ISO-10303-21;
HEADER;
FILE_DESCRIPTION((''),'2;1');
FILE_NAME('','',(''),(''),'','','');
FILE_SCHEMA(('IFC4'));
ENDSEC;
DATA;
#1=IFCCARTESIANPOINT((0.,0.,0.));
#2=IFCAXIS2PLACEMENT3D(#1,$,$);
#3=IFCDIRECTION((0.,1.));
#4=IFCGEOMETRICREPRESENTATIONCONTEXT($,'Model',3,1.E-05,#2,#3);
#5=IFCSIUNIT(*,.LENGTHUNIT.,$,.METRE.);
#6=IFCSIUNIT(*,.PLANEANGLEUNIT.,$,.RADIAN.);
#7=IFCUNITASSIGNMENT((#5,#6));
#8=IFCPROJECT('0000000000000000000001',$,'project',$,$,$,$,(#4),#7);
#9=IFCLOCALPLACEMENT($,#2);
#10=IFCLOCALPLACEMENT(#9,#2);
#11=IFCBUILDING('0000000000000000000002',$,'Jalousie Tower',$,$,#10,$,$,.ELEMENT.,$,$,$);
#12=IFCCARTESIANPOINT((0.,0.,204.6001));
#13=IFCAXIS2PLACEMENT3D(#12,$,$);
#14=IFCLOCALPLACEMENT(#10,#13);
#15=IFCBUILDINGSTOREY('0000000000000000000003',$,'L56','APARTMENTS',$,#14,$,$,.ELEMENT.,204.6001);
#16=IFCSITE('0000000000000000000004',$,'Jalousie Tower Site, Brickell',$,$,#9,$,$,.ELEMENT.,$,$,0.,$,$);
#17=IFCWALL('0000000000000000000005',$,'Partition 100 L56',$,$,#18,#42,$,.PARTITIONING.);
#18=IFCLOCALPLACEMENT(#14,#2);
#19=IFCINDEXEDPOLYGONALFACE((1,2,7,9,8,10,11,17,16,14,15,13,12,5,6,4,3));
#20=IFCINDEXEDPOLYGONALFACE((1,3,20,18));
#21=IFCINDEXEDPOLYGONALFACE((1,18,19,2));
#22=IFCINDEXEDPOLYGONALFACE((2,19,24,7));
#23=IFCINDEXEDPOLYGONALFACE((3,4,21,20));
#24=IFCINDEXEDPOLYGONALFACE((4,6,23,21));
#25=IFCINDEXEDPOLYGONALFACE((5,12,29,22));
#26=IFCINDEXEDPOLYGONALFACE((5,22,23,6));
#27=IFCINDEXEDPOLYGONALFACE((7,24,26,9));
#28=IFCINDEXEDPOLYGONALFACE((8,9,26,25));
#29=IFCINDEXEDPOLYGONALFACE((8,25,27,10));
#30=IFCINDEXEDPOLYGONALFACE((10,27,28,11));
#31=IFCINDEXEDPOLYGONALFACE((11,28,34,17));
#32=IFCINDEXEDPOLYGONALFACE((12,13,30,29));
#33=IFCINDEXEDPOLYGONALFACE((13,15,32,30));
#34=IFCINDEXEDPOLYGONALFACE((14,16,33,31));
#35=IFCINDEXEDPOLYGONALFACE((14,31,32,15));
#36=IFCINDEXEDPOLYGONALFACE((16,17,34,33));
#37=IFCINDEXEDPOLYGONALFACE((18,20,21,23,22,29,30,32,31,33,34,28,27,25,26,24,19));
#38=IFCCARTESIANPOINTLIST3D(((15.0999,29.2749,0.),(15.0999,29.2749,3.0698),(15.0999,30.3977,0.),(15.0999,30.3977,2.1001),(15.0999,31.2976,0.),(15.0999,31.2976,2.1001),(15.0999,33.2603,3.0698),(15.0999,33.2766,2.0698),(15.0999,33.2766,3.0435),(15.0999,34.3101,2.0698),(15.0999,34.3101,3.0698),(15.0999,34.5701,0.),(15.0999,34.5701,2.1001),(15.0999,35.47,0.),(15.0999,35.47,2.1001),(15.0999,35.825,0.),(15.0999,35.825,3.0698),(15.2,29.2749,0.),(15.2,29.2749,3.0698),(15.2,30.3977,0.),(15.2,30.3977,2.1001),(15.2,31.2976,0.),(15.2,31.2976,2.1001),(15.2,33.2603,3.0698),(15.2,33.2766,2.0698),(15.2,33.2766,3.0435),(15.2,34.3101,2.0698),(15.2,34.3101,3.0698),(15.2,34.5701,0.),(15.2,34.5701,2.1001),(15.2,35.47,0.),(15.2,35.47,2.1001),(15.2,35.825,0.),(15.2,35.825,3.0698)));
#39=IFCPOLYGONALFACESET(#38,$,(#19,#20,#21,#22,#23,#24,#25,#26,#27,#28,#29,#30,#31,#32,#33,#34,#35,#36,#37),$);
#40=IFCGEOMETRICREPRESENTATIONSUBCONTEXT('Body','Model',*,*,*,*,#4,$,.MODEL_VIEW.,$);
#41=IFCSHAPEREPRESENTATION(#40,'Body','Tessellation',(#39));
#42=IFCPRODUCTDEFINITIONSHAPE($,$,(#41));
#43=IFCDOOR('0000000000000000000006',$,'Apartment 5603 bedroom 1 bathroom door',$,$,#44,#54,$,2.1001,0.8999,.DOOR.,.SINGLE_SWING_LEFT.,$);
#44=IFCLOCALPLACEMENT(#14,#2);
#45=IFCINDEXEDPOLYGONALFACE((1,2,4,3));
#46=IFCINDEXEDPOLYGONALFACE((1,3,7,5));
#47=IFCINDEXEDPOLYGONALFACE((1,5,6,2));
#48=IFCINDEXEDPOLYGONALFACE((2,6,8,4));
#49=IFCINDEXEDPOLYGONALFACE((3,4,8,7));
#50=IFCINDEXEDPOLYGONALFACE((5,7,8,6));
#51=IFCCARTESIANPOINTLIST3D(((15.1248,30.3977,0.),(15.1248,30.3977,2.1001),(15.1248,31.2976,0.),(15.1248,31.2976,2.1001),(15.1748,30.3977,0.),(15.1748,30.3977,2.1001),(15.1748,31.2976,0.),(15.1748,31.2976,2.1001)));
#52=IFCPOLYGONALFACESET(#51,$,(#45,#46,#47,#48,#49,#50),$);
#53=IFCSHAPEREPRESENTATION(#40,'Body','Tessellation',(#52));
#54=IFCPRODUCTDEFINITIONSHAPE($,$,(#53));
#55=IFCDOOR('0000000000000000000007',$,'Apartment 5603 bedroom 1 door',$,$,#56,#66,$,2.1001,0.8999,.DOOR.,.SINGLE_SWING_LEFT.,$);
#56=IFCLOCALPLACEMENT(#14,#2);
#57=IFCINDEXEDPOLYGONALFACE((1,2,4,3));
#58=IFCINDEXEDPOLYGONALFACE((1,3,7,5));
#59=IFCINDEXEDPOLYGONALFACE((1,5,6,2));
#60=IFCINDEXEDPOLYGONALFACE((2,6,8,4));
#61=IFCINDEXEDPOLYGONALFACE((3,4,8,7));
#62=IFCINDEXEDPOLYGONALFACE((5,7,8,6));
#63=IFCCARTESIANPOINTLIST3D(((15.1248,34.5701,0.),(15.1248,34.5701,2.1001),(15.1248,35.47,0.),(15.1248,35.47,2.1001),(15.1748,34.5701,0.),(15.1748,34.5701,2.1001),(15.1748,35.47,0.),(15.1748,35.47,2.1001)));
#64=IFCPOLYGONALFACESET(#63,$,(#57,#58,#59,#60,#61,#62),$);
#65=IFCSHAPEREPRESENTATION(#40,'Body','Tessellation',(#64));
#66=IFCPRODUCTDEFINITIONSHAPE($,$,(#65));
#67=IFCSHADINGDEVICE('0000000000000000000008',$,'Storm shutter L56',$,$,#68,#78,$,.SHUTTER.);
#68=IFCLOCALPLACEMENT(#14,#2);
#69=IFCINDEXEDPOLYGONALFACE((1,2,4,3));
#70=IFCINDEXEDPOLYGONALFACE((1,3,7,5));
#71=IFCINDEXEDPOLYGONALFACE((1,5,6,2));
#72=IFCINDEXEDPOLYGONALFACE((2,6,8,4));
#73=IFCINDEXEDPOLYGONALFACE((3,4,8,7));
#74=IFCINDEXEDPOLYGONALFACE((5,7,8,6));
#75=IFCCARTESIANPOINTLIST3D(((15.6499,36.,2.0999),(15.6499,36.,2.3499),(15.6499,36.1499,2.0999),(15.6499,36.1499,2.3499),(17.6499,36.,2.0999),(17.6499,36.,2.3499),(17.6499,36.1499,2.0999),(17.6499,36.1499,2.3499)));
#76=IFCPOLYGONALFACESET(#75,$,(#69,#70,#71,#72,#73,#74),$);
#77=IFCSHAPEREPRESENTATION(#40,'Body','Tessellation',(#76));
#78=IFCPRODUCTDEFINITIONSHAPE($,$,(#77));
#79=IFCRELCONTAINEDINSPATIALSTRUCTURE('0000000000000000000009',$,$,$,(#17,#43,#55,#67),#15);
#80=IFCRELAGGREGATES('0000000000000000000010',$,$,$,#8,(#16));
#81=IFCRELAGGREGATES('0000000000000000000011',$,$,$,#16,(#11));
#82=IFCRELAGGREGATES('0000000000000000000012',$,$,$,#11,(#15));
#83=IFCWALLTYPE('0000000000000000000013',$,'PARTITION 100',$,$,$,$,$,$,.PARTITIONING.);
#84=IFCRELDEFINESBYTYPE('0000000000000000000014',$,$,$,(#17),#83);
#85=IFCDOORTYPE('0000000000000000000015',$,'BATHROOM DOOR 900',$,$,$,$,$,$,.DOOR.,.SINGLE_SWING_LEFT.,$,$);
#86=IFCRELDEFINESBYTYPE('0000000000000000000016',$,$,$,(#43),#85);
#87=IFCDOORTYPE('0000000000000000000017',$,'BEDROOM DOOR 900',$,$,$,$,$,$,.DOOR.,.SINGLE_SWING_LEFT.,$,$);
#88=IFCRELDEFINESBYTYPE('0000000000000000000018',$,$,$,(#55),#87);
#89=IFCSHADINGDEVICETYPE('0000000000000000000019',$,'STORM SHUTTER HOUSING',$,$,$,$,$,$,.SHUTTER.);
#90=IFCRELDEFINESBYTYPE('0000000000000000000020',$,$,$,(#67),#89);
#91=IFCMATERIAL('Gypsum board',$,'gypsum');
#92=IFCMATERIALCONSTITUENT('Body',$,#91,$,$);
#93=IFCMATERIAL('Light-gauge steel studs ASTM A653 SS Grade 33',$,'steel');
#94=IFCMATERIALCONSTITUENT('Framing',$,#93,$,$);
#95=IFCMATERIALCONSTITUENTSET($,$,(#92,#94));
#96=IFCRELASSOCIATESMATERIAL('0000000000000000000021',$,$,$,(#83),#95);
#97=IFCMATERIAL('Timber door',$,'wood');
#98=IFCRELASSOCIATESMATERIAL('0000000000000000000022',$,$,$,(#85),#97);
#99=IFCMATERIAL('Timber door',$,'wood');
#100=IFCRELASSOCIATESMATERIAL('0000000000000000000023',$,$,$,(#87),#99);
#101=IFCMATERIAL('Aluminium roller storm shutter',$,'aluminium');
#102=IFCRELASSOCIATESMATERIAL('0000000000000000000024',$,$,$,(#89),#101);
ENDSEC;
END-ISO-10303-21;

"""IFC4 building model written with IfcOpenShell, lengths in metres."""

from ifc_helpers import new_model, si_unit, direction, frame, frame_2d, origin, origin_2d, place, context, subcontext, project, spatial, polyline, rectangle, outline, extrude, material, constituent, constituent_set, type_object, element, fill, save


model = new_model("IFC4")

# Units and contexts
model_context = context("Model", 3, precision=1e-05, world=origin(), true_north=direction((0.0, 1.0)))
body_context = subcontext(model_context, "Body", "Model", "MODEL_VIEW")
ifc_project = project(units=[si_unit("LENGTHUNIT", "METRE"), si_unit("PLANEANGLEUNIT", "RADIAN")], contexts=[model_context])

# Site, building, storey
site_placement = place(None, origin())
site = spatial("IfcSite", under=ifc_project, at=site_placement, Name="Jalousie Tower Site, Brickell", CompositionType="ELEMENT", RefElevation=0.0)
building_placement = place(site_placement, origin())
building = spatial("IfcBuilding", under=site, at=building_placement, Name="Jalousie Tower", CompositionType="ELEMENT")
storey_placement = place(building_placement, frame((0.0, 0.0, 204.6001)))
storey = spatial("IfcBuildingStorey", under=building, at=storey_placement, Name="L56", Description="APARTMENTS", CompositionType="ELEMENT", Elevation=204.6001)

# Wall, openings, doors
ifc_material_1 = material(Name="Gypsum board", Category="gypsum")
ifc_constituent_1 = constituent(ifc_material_1, Name="Body")
ifc_material_2 = material(Name="Light-gauge steel studs ASTM A653 SS Grade 33", Category="steel")
ifc_constituent_2 = constituent(ifc_material_2, Name="Framing")
ifc_constituent_set = constituent_set(constituents=[ifc_constituent_1, ifc_constituent_2])
wall_type = type_object("IfcWallType", Name="PARTITION 100", PredefinedType="PARTITIONING", material=ifc_constituent_set)
wall_placement = place(storey_placement, frame((15.1499, 35.825, 0.0), z_axis=(0.0, 0.0, 1.0), x_axis=(0.0, -1.0, 0.0)))
wall = element("IfcWall", 1, at=wall_placement, inside=storey, type_object=wall_type, Name="Partition 100 L56", PredefinedType="PARTITIONING", context=body_context, shape_type="SweptSolid", body=[
    extrude(outline(polyline([(0.0, 0.0), (6.55, 0.0), (6.55, 3.0698), (2.5647, 3.0698), (2.5483, 3.0435), (2.5483, 2.0698), (1.5149, 2.0698), (1.5149, 3.0698), (0.0, 3.0698), (0.0, 0.0)])), frame((0.0, 0.05, 0.0), z_axis=(0.0, -1.0, 0.0), x_axis=(1.0, 0.0, 0.0)), (0.0, 0.0, 1.0), 0.1001),
])
opening_1_placement = place(wall_placement, frame((0.355, 0.0, 0.0)))
opening_1 = element("IfcOpeningElement", 2, at=opening_1_placement, cuts=wall, PredefinedType="OPENING", context=body_context, shape_type="SweptSolid", body=[
    extrude(rectangle(XDim=0.8999, YDim=2.1001, at=frame_2d((0.45, 1.05))), frame((0.0, 0.0601, 0.0), z_axis=(0.0, -1.0, 0.0), x_axis=(1.0, 0.0, 0.0)), (0.0, 0.0, 1.0), 0.1201),
])
opening_2_placement = place(wall_placement, frame((4.5273, 0.0, 0.0)))
opening_2 = element("IfcOpeningElement", 3, at=opening_2_placement, cuts=wall, PredefinedType="OPENING", context=body_context, shape_type="SweptSolid", body=[
    extrude(rectangle(XDim=0.8999, YDim=2.1001, at=frame_2d((0.45, 1.05))), frame((0.0, 0.0601, 0.0), z_axis=(0.0, -1.0, 0.0), x_axis=(1.0, 0.0, 0.0)), (0.0, 0.0, 1.0), 0.1201),
])
ifc_material_3 = material(Name="Timber door", Category="wood")
door_type_1 = type_object("IfcDoorType", Name="BATHROOM DOOR 900", OperationType="SINGLE_SWING_LEFT", PredefinedType="DOOR", material=ifc_material_3)
door_1_placement = place(opening_2_placement, origin())
door_1 = element("IfcDoor", 4, at=door_1_placement, inside=storey, type_object=door_type_1, Name="Apartment 5603 bedroom 1 bathroom door", OperationType="SINGLE_SWING_LEFT", OverallHeight=2.1001, OverallWidth=0.8999, PredefinedType="DOOR", context=body_context, shape_type="SweptSolid", body=[
    extrude(rectangle(XDim=0.8999, YDim=2.1001, at=frame_2d((0.45, 1.05))), frame((0.0, 0.0249, 0.0), z_axis=(0.0, -1.0, 0.0), x_axis=(1.0, 0.0, 0.0)), (0.0, 0.0, 1.0), 0.05),
])
fill(opening_2, door_1)
ifc_material_4 = material(Name="Timber door", Category="wood")
door_type_2 = type_object("IfcDoorType", Name="BEDROOM DOOR 900", OperationType="SINGLE_SWING_LEFT", PredefinedType="DOOR", material=ifc_material_4)
door_2_placement = place(opening_1_placement, origin())
door_2 = element("IfcDoor", 5, at=door_2_placement, inside=storey, type_object=door_type_2, Name="Apartment 5603 bedroom 1 door", OperationType="SINGLE_SWING_LEFT", OverallHeight=2.1001, OverallWidth=0.8999, PredefinedType="DOOR", context=body_context, shape_type="SweptSolid", body=[
    extrude(rectangle(XDim=0.8999, YDim=2.1001, at=frame_2d((0.45, 1.05))), frame((0.0, 0.0249, 0.0), z_axis=(0.0, -1.0, 0.0), x_axis=(1.0, 0.0, 0.0)), (0.0, 0.0, 1.0), 0.05),
])
fill(opening_1, door_2)

# Shading device
ifc_material_5 = material(Name="Aluminium roller storm shutter", Category="aluminium")
shading_device_type = type_object("IfcShadingDeviceType", Name="STORM SHUTTER HOUSING", PredefinedType="SHUTTER", material=ifc_material_5)
shading_device_placement = place(storey_placement, frame((16.6499, 36.075, 2.0999), z_axis=(0.0, 0.0, 1.0), x_axis=(-1.0, 0.0, 0.0)))
element("IfcShadingDevice", 6, at=shading_device_placement, inside=storey, type_object=shading_device_type, Name="Storm shutter L56", PredefinedType="SHUTTER", context=body_context, shape_type="SweptSolid", body=[
    extrude(rectangle(XDim=2.0, YDim=0.1499, at=origin_2d()), origin(), (0.0, 0.0, 1.0), 0.25),
])

save(model, "model.ifc")
